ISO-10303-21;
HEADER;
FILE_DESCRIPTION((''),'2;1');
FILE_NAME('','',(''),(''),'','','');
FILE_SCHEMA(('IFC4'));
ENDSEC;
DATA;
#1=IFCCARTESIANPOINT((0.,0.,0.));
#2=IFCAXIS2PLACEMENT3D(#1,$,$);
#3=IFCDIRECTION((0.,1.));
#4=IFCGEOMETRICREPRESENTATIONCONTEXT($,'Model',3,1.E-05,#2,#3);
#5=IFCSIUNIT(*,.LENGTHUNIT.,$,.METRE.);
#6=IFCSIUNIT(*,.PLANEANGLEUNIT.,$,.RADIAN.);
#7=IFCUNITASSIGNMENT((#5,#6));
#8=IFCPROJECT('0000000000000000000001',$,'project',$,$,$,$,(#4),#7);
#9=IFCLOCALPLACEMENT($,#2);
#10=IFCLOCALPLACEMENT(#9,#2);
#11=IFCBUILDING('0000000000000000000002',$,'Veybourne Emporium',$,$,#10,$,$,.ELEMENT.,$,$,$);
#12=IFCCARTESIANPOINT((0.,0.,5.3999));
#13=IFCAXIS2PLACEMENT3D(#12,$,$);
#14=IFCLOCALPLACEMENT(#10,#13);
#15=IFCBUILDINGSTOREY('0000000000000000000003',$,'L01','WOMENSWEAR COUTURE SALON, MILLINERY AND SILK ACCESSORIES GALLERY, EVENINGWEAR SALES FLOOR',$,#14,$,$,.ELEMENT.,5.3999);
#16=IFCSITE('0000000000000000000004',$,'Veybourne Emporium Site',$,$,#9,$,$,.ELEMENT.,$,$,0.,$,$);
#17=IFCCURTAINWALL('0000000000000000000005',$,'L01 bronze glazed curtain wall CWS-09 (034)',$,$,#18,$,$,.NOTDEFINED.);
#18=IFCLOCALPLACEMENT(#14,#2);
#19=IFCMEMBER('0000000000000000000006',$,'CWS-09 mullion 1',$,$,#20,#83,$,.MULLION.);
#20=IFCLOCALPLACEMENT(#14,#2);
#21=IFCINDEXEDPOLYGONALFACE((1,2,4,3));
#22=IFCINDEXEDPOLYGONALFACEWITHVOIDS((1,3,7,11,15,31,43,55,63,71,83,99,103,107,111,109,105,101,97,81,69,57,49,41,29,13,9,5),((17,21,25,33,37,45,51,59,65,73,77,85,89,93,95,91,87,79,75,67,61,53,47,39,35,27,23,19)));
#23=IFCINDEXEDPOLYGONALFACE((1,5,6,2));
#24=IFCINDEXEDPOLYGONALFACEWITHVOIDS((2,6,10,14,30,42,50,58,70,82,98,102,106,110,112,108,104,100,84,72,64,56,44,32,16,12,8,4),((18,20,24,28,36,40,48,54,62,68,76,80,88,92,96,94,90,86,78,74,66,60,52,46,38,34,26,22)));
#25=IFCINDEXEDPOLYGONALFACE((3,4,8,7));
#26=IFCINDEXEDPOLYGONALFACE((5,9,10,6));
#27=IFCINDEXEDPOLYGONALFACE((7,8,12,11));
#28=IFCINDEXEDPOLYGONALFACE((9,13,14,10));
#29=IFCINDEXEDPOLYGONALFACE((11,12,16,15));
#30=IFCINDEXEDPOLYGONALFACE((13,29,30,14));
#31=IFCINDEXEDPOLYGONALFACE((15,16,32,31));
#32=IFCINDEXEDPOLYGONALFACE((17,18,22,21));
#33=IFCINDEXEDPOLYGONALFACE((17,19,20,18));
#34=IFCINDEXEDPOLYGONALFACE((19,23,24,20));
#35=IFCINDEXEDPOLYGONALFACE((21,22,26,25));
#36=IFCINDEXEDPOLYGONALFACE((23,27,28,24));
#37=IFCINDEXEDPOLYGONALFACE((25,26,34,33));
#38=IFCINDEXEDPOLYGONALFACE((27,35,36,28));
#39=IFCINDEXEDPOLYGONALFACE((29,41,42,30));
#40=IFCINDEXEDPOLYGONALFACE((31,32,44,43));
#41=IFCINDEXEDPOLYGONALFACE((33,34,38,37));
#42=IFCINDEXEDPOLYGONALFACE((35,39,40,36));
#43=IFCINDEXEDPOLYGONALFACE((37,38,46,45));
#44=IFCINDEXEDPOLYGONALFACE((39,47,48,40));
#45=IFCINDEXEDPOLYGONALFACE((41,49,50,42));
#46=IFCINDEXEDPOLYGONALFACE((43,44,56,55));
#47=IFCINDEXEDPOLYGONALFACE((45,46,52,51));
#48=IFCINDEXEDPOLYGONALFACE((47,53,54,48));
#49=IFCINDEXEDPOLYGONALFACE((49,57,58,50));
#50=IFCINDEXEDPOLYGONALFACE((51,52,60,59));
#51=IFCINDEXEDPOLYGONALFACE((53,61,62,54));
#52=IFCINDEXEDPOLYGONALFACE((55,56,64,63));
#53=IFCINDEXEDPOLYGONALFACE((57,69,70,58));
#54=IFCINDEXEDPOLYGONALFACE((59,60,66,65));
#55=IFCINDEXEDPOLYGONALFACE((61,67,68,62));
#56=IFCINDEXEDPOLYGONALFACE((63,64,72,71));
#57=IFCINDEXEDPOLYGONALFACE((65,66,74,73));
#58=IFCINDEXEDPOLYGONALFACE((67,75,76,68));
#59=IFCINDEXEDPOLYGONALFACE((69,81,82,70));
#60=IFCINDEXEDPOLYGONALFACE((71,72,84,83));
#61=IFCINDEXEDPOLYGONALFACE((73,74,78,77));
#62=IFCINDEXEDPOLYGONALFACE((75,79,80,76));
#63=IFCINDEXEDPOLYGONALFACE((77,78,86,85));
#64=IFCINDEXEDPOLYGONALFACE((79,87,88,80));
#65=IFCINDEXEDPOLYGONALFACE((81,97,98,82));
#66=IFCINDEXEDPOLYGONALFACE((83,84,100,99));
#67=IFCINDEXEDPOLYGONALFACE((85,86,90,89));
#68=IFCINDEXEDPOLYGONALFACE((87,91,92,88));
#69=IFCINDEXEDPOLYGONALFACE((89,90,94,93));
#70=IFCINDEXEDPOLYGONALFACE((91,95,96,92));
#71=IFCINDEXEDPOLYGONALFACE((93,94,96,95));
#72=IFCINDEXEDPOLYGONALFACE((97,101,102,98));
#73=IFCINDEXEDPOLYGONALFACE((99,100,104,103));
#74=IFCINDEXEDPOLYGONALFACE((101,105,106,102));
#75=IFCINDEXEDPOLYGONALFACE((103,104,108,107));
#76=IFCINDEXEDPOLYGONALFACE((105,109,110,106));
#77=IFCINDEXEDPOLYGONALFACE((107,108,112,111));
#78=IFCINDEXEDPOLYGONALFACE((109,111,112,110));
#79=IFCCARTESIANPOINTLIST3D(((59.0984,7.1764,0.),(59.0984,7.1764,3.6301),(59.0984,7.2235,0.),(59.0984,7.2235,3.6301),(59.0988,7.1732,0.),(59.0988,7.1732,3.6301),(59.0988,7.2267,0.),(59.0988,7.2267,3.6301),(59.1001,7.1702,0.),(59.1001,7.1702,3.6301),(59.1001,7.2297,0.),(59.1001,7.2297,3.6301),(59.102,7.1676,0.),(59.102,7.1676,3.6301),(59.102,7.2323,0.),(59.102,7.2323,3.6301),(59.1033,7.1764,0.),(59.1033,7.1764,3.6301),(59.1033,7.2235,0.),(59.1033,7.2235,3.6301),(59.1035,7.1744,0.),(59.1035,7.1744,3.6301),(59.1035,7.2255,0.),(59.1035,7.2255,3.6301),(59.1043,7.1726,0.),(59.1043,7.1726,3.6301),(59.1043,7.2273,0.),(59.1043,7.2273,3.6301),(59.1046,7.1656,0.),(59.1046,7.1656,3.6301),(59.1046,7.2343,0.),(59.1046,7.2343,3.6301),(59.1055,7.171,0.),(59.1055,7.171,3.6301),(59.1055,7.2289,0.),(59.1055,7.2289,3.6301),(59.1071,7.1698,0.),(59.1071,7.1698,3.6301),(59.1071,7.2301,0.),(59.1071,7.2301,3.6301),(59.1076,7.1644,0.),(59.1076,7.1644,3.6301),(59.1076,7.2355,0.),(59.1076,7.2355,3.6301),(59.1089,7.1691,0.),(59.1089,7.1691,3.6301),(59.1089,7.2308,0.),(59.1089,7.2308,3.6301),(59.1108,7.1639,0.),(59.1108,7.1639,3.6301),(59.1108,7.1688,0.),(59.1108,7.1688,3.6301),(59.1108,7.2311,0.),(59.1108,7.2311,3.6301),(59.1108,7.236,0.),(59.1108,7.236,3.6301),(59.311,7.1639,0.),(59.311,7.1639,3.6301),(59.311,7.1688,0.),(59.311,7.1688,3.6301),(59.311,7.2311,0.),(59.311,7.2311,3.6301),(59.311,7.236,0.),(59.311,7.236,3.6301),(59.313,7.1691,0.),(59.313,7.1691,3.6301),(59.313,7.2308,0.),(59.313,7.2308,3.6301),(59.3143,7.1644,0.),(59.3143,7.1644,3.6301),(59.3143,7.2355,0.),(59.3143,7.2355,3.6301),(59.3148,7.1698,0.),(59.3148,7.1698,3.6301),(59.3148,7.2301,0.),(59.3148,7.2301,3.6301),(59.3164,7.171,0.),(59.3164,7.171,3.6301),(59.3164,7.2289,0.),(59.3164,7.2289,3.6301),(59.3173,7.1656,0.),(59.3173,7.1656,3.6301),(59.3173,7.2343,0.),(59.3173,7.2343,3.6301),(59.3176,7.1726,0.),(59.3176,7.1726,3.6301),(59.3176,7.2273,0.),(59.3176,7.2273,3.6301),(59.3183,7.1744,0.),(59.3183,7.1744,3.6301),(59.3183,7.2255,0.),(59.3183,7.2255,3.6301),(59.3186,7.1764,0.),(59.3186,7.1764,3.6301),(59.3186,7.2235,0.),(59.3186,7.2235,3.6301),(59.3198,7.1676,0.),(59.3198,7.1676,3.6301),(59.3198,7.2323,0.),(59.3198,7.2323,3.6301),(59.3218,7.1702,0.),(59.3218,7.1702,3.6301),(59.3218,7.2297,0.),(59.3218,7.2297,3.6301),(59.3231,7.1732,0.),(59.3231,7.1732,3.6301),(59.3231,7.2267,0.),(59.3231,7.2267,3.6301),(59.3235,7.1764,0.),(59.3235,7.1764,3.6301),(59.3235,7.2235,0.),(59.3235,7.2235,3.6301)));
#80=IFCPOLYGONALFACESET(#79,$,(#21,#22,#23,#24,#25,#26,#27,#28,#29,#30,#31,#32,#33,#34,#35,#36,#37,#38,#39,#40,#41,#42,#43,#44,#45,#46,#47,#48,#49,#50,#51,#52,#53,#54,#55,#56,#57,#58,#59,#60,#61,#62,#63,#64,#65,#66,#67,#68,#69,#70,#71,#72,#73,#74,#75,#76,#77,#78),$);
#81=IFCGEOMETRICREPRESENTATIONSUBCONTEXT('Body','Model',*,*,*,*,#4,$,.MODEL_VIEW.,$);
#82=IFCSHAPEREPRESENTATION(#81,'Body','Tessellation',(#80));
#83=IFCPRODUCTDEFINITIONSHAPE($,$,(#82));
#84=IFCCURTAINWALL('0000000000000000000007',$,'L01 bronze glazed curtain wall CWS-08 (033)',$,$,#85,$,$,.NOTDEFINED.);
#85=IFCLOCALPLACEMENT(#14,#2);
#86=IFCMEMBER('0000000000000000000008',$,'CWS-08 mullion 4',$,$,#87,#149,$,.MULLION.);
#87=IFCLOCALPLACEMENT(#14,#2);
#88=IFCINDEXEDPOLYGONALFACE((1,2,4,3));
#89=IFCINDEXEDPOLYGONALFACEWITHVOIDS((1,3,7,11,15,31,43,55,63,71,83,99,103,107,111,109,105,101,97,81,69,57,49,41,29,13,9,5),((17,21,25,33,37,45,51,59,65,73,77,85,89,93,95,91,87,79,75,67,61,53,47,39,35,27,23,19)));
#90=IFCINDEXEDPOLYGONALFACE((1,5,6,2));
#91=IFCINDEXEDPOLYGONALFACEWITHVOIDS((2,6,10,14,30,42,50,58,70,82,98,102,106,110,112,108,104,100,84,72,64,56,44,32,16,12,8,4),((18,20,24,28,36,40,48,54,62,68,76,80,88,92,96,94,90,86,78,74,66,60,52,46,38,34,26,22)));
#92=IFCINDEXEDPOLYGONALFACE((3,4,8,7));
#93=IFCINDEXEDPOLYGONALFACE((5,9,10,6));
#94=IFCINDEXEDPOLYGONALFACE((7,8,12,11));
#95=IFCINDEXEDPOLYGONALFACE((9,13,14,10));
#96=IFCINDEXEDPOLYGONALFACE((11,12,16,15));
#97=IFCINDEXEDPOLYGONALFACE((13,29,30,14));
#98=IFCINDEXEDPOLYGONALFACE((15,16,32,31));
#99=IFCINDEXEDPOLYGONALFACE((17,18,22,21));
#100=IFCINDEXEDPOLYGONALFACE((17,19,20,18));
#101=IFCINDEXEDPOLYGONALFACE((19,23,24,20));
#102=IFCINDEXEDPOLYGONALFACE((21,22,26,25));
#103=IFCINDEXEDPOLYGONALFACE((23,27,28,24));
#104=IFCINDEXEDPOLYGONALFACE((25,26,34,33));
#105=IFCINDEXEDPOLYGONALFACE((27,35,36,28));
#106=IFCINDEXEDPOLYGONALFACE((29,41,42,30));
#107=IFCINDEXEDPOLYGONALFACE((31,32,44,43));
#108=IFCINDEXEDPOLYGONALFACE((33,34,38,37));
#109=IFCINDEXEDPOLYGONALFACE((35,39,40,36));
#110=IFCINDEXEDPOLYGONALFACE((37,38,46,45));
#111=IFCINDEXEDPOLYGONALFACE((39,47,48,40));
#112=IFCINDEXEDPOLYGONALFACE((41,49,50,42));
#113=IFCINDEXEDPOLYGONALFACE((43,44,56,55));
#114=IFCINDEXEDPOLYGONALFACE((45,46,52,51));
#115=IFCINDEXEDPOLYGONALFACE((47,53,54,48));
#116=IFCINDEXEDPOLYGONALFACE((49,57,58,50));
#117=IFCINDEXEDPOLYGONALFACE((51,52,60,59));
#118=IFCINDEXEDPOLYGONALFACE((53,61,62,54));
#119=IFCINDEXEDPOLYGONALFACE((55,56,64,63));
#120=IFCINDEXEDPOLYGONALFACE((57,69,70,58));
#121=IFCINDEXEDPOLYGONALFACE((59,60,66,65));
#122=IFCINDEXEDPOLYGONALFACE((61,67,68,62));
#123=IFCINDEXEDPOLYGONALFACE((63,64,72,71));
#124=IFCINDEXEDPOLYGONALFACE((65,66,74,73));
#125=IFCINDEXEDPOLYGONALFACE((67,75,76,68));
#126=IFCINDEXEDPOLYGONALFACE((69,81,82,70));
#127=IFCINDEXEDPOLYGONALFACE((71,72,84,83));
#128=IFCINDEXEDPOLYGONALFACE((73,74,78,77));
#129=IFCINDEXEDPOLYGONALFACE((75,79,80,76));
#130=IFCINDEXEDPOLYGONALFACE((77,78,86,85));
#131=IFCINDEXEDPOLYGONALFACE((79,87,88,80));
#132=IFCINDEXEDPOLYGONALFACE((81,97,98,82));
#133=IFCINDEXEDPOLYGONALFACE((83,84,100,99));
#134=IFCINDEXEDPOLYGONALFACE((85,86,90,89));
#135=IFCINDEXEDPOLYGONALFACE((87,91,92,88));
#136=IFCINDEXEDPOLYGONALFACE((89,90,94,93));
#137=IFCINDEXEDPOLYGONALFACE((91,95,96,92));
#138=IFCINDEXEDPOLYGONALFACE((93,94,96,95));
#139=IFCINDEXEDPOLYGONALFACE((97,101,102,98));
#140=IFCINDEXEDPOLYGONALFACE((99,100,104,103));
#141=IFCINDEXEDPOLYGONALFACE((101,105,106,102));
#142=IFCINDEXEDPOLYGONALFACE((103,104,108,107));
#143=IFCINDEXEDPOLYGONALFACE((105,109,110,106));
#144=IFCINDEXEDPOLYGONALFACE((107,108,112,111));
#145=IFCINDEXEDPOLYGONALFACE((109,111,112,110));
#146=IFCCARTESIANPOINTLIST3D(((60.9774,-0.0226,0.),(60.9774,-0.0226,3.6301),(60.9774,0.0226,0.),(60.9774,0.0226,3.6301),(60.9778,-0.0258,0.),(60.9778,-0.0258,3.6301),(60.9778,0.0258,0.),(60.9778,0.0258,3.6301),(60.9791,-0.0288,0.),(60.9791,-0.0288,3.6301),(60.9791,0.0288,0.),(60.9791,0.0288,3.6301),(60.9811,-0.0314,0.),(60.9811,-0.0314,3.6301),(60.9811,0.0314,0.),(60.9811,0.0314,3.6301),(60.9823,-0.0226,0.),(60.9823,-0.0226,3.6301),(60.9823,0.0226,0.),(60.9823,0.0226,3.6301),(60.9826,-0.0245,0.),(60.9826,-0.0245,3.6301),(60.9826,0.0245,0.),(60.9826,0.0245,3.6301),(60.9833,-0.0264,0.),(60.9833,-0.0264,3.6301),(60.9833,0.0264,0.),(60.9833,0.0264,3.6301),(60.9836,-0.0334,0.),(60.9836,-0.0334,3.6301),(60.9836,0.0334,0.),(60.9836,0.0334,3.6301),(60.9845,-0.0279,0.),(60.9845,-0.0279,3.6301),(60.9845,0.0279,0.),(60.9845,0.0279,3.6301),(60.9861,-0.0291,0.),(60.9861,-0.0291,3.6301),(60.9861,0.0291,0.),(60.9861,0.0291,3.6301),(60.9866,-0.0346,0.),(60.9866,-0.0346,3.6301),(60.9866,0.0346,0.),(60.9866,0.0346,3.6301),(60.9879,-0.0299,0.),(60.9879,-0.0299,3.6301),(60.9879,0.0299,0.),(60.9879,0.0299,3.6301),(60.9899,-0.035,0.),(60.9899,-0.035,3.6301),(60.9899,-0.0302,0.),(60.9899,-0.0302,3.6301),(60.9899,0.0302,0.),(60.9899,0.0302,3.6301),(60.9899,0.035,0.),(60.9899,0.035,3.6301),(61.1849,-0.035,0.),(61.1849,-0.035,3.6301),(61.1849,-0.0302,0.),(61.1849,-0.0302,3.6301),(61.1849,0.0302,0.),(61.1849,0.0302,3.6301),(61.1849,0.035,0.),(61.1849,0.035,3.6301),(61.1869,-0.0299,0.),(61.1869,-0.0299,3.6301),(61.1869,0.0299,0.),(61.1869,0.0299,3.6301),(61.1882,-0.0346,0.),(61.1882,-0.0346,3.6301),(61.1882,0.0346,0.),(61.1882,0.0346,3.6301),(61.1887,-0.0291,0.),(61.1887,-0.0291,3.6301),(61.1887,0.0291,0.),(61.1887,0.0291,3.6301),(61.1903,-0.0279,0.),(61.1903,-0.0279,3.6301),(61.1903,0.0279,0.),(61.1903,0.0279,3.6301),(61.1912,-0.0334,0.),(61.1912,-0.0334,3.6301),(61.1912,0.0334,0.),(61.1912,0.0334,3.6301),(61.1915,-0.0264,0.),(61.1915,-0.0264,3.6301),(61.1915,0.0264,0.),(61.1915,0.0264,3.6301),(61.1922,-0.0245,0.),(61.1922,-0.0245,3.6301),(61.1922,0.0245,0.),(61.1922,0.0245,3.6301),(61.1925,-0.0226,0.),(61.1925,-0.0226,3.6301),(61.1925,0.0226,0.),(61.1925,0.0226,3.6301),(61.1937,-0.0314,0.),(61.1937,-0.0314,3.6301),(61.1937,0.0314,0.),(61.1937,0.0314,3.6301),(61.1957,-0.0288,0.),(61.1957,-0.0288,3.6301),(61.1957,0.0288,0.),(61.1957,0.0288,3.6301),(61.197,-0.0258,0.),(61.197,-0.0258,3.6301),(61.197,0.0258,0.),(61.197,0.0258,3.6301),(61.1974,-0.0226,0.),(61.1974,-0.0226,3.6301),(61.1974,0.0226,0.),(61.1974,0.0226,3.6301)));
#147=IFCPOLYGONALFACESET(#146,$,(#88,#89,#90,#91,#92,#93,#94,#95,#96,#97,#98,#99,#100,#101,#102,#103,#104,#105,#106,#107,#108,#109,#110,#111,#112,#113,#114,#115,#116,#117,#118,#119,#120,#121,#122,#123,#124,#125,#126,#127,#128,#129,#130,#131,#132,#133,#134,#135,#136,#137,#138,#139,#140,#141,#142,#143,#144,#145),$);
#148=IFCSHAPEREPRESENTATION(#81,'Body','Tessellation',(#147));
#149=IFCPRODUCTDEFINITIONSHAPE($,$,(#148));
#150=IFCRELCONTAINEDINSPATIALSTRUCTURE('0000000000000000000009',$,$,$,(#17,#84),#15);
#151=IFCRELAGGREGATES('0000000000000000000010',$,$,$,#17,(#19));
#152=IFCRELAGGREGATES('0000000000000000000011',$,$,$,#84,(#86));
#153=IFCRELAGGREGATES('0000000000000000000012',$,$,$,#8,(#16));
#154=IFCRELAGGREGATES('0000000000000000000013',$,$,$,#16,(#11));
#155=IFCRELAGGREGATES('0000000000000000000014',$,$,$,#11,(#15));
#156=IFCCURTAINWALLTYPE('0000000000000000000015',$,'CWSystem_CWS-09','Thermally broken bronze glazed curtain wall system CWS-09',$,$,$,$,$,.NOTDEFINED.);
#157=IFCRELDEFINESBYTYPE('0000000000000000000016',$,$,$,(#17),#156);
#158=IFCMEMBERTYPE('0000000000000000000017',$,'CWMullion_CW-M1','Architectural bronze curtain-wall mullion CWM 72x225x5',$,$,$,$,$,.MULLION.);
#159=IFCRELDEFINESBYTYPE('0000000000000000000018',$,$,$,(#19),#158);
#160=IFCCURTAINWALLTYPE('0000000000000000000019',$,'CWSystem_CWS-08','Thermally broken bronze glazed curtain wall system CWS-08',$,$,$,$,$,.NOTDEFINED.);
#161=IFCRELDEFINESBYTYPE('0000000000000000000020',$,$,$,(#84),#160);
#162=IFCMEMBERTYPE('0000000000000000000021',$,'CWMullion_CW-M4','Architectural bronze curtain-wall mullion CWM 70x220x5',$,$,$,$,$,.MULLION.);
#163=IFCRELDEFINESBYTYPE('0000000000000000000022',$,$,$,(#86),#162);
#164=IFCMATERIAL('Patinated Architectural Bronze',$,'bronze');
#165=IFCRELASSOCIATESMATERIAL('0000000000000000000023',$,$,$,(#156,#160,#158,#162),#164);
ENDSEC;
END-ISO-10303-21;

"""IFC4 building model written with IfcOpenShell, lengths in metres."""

from ifc_helpers import new_model, si_unit, direction, frame, origin, origin_2d, place, context, subcontext, project, spatial, hollow_rectangle, extrude, material, material_profile, profile_set, type_object, element, aggregate, save


model = new_model("IFC4")

# Units and contexts
model_context = context("Model", 3, precision=1e-05, world=origin(), true_north=direction((0.0, 1.0)))
body_context = subcontext(model_context, "Body", "Model", "MODEL_VIEW")
ifc_project = project(units=[si_unit("LENGTHUNIT", "METRE"), si_unit("PLANEANGLEUNIT", "RADIAN")], contexts=[model_context])

# Site, building, storey
site_placement = place(None, origin())
site = spatial("IfcSite", under=ifc_project, at=site_placement, Name="Veybourne Emporium Site", CompositionType="ELEMENT", RefElevation=0.0)
building_placement = place(site_placement, origin())
building = spatial("IfcBuilding", under=site, at=building_placement, Name="Veybourne Emporium", CompositionType="ELEMENT")
storey_placement = place(building_placement, frame((0.0, 0.0, 5.3999)))
storey = spatial("IfcBuildingStorey", under=building, at=storey_placement, Name="L01", Description="WOMENSWEAR COUTURE SALON, MILLINERY AND SILK ACCESSORIES GALLERY, EVENINGWEAR SALES FLOOR", CompositionType="ELEMENT", Elevation=5.3999)

# Curtain wall, member
ifc_material_1 = material(Name="Patinated Architectural Bronze", Category="bronze")
curtain_wall_type_1 = type_object("IfcCurtainWallType", Name="CWSystem_CWS-09", Description="Thermally broken bronze glazed curtain wall system CWS-09", PredefinedType="NOTDEFINED", material=ifc_material_1)
curtain_wall_1_placement = place(storey_placement, origin())
curtain_wall_1 = element("IfcCurtainWall", 1, at=curtain_wall_1_placement, inside=storey, type_object=curtain_wall_type_1, Name="L01 bronze glazed curtain wall CWS-09 (034)", PredefinedType="NOTDEFINED")
ifc_material_profile_1 = material_profile(ifc_material_1, hollow_rectangle(XDim=0.072, YDim=0.2251, WallThickness=0.0049, InnerFilletRadius=0.0076, OuterFilletRadius=0.0125, at=origin_2d()), Name="CWM 72x225x5")
ifc_profile_set_1 = profile_set([ifc_material_profile_1], Name="Patinated Architectural Bronze")
member_type_1 = type_object("IfcMemberType", Name="CWMullion_CW-M1", Description="Architectural bronze curtain-wall mullion CWM 72x225x5", PredefinedType="MULLION", material=ifc_profile_set_1)
member_1_placement = place(storey_placement, frame((59.2109, 7.2, 0.0), z_axis=(0.0, 0.0, 1.0), x_axis=(0.0, 1.0, 0.0)))
member_1 = element("IfcMember", 2, at=member_1_placement, type_object=member_type_1, Name="CWS-09 mullion 1", PredefinedType="MULLION", context=body_context, shape_type="SweptSolid", body=[
    extrude(hollow_rectangle(XDim=0.072, YDim=0.2251, WallThickness=0.0049, InnerFilletRadius=0.0076, OuterFilletRadius=0.0125, at=origin_2d()), origin(), (0.0, 0.0, 1.0), 3.6301),
])

# Curtain wall, member
curtain_wall_type_2 = type_object("IfcCurtainWallType", Name="CWSystem_CWS-08", Description="Thermally broken bronze glazed curtain wall system CWS-08", PredefinedType="NOTDEFINED", material=ifc_material_1)
curtain_wall_2_placement = place(storey_placement, origin())
curtain_wall_2 = element("IfcCurtainWall", 3, at=curtain_wall_2_placement, inside=storey, type_object=curtain_wall_type_2, Name="L01 bronze glazed curtain wall CWS-08 (033)", PredefinedType="NOTDEFINED")
ifc_material_profile_2 = material_profile(ifc_material_1, hollow_rectangle(XDim=0.0701, YDim=0.22, WallThickness=0.0049, InnerFilletRadius=0.0076, OuterFilletRadius=0.0125, at=origin_2d()), Name="CWM 70x220x5")
ifc_profile_set_2 = profile_set([ifc_material_profile_2], Name="Patinated Architectural Bronze")
member_type_2 = type_object("IfcMemberType", Name="CWMullion_CW-M4", Description="Architectural bronze curtain-wall mullion CWM 70x220x5", PredefinedType="MULLION", material=ifc_profile_set_2)
member_2_placement = place(storey_placement, frame((61.0874, 0.0, 0.0), z_axis=(0.0, 0.0, 1.0), x_axis=(0.0, -1.0, 0.0)))
member_2 = element("IfcMember", 4, at=member_2_placement, type_object=member_type_2, Name="CWS-08 mullion 4", PredefinedType="MULLION", context=body_context, shape_type="SweptSolid", body=[
    extrude(hollow_rectangle(XDim=0.0701, YDim=0.22, WallThickness=0.0049, InnerFilletRadius=0.0076, OuterFilletRadius=0.0125, at=origin_2d()), origin(), (0.0, 0.0, 1.0), 3.6301),
])

aggregate(curtain_wall_1, [member_1])

aggregate(curtain_wall_2, [member_2])

save(model, "model.ifc")
